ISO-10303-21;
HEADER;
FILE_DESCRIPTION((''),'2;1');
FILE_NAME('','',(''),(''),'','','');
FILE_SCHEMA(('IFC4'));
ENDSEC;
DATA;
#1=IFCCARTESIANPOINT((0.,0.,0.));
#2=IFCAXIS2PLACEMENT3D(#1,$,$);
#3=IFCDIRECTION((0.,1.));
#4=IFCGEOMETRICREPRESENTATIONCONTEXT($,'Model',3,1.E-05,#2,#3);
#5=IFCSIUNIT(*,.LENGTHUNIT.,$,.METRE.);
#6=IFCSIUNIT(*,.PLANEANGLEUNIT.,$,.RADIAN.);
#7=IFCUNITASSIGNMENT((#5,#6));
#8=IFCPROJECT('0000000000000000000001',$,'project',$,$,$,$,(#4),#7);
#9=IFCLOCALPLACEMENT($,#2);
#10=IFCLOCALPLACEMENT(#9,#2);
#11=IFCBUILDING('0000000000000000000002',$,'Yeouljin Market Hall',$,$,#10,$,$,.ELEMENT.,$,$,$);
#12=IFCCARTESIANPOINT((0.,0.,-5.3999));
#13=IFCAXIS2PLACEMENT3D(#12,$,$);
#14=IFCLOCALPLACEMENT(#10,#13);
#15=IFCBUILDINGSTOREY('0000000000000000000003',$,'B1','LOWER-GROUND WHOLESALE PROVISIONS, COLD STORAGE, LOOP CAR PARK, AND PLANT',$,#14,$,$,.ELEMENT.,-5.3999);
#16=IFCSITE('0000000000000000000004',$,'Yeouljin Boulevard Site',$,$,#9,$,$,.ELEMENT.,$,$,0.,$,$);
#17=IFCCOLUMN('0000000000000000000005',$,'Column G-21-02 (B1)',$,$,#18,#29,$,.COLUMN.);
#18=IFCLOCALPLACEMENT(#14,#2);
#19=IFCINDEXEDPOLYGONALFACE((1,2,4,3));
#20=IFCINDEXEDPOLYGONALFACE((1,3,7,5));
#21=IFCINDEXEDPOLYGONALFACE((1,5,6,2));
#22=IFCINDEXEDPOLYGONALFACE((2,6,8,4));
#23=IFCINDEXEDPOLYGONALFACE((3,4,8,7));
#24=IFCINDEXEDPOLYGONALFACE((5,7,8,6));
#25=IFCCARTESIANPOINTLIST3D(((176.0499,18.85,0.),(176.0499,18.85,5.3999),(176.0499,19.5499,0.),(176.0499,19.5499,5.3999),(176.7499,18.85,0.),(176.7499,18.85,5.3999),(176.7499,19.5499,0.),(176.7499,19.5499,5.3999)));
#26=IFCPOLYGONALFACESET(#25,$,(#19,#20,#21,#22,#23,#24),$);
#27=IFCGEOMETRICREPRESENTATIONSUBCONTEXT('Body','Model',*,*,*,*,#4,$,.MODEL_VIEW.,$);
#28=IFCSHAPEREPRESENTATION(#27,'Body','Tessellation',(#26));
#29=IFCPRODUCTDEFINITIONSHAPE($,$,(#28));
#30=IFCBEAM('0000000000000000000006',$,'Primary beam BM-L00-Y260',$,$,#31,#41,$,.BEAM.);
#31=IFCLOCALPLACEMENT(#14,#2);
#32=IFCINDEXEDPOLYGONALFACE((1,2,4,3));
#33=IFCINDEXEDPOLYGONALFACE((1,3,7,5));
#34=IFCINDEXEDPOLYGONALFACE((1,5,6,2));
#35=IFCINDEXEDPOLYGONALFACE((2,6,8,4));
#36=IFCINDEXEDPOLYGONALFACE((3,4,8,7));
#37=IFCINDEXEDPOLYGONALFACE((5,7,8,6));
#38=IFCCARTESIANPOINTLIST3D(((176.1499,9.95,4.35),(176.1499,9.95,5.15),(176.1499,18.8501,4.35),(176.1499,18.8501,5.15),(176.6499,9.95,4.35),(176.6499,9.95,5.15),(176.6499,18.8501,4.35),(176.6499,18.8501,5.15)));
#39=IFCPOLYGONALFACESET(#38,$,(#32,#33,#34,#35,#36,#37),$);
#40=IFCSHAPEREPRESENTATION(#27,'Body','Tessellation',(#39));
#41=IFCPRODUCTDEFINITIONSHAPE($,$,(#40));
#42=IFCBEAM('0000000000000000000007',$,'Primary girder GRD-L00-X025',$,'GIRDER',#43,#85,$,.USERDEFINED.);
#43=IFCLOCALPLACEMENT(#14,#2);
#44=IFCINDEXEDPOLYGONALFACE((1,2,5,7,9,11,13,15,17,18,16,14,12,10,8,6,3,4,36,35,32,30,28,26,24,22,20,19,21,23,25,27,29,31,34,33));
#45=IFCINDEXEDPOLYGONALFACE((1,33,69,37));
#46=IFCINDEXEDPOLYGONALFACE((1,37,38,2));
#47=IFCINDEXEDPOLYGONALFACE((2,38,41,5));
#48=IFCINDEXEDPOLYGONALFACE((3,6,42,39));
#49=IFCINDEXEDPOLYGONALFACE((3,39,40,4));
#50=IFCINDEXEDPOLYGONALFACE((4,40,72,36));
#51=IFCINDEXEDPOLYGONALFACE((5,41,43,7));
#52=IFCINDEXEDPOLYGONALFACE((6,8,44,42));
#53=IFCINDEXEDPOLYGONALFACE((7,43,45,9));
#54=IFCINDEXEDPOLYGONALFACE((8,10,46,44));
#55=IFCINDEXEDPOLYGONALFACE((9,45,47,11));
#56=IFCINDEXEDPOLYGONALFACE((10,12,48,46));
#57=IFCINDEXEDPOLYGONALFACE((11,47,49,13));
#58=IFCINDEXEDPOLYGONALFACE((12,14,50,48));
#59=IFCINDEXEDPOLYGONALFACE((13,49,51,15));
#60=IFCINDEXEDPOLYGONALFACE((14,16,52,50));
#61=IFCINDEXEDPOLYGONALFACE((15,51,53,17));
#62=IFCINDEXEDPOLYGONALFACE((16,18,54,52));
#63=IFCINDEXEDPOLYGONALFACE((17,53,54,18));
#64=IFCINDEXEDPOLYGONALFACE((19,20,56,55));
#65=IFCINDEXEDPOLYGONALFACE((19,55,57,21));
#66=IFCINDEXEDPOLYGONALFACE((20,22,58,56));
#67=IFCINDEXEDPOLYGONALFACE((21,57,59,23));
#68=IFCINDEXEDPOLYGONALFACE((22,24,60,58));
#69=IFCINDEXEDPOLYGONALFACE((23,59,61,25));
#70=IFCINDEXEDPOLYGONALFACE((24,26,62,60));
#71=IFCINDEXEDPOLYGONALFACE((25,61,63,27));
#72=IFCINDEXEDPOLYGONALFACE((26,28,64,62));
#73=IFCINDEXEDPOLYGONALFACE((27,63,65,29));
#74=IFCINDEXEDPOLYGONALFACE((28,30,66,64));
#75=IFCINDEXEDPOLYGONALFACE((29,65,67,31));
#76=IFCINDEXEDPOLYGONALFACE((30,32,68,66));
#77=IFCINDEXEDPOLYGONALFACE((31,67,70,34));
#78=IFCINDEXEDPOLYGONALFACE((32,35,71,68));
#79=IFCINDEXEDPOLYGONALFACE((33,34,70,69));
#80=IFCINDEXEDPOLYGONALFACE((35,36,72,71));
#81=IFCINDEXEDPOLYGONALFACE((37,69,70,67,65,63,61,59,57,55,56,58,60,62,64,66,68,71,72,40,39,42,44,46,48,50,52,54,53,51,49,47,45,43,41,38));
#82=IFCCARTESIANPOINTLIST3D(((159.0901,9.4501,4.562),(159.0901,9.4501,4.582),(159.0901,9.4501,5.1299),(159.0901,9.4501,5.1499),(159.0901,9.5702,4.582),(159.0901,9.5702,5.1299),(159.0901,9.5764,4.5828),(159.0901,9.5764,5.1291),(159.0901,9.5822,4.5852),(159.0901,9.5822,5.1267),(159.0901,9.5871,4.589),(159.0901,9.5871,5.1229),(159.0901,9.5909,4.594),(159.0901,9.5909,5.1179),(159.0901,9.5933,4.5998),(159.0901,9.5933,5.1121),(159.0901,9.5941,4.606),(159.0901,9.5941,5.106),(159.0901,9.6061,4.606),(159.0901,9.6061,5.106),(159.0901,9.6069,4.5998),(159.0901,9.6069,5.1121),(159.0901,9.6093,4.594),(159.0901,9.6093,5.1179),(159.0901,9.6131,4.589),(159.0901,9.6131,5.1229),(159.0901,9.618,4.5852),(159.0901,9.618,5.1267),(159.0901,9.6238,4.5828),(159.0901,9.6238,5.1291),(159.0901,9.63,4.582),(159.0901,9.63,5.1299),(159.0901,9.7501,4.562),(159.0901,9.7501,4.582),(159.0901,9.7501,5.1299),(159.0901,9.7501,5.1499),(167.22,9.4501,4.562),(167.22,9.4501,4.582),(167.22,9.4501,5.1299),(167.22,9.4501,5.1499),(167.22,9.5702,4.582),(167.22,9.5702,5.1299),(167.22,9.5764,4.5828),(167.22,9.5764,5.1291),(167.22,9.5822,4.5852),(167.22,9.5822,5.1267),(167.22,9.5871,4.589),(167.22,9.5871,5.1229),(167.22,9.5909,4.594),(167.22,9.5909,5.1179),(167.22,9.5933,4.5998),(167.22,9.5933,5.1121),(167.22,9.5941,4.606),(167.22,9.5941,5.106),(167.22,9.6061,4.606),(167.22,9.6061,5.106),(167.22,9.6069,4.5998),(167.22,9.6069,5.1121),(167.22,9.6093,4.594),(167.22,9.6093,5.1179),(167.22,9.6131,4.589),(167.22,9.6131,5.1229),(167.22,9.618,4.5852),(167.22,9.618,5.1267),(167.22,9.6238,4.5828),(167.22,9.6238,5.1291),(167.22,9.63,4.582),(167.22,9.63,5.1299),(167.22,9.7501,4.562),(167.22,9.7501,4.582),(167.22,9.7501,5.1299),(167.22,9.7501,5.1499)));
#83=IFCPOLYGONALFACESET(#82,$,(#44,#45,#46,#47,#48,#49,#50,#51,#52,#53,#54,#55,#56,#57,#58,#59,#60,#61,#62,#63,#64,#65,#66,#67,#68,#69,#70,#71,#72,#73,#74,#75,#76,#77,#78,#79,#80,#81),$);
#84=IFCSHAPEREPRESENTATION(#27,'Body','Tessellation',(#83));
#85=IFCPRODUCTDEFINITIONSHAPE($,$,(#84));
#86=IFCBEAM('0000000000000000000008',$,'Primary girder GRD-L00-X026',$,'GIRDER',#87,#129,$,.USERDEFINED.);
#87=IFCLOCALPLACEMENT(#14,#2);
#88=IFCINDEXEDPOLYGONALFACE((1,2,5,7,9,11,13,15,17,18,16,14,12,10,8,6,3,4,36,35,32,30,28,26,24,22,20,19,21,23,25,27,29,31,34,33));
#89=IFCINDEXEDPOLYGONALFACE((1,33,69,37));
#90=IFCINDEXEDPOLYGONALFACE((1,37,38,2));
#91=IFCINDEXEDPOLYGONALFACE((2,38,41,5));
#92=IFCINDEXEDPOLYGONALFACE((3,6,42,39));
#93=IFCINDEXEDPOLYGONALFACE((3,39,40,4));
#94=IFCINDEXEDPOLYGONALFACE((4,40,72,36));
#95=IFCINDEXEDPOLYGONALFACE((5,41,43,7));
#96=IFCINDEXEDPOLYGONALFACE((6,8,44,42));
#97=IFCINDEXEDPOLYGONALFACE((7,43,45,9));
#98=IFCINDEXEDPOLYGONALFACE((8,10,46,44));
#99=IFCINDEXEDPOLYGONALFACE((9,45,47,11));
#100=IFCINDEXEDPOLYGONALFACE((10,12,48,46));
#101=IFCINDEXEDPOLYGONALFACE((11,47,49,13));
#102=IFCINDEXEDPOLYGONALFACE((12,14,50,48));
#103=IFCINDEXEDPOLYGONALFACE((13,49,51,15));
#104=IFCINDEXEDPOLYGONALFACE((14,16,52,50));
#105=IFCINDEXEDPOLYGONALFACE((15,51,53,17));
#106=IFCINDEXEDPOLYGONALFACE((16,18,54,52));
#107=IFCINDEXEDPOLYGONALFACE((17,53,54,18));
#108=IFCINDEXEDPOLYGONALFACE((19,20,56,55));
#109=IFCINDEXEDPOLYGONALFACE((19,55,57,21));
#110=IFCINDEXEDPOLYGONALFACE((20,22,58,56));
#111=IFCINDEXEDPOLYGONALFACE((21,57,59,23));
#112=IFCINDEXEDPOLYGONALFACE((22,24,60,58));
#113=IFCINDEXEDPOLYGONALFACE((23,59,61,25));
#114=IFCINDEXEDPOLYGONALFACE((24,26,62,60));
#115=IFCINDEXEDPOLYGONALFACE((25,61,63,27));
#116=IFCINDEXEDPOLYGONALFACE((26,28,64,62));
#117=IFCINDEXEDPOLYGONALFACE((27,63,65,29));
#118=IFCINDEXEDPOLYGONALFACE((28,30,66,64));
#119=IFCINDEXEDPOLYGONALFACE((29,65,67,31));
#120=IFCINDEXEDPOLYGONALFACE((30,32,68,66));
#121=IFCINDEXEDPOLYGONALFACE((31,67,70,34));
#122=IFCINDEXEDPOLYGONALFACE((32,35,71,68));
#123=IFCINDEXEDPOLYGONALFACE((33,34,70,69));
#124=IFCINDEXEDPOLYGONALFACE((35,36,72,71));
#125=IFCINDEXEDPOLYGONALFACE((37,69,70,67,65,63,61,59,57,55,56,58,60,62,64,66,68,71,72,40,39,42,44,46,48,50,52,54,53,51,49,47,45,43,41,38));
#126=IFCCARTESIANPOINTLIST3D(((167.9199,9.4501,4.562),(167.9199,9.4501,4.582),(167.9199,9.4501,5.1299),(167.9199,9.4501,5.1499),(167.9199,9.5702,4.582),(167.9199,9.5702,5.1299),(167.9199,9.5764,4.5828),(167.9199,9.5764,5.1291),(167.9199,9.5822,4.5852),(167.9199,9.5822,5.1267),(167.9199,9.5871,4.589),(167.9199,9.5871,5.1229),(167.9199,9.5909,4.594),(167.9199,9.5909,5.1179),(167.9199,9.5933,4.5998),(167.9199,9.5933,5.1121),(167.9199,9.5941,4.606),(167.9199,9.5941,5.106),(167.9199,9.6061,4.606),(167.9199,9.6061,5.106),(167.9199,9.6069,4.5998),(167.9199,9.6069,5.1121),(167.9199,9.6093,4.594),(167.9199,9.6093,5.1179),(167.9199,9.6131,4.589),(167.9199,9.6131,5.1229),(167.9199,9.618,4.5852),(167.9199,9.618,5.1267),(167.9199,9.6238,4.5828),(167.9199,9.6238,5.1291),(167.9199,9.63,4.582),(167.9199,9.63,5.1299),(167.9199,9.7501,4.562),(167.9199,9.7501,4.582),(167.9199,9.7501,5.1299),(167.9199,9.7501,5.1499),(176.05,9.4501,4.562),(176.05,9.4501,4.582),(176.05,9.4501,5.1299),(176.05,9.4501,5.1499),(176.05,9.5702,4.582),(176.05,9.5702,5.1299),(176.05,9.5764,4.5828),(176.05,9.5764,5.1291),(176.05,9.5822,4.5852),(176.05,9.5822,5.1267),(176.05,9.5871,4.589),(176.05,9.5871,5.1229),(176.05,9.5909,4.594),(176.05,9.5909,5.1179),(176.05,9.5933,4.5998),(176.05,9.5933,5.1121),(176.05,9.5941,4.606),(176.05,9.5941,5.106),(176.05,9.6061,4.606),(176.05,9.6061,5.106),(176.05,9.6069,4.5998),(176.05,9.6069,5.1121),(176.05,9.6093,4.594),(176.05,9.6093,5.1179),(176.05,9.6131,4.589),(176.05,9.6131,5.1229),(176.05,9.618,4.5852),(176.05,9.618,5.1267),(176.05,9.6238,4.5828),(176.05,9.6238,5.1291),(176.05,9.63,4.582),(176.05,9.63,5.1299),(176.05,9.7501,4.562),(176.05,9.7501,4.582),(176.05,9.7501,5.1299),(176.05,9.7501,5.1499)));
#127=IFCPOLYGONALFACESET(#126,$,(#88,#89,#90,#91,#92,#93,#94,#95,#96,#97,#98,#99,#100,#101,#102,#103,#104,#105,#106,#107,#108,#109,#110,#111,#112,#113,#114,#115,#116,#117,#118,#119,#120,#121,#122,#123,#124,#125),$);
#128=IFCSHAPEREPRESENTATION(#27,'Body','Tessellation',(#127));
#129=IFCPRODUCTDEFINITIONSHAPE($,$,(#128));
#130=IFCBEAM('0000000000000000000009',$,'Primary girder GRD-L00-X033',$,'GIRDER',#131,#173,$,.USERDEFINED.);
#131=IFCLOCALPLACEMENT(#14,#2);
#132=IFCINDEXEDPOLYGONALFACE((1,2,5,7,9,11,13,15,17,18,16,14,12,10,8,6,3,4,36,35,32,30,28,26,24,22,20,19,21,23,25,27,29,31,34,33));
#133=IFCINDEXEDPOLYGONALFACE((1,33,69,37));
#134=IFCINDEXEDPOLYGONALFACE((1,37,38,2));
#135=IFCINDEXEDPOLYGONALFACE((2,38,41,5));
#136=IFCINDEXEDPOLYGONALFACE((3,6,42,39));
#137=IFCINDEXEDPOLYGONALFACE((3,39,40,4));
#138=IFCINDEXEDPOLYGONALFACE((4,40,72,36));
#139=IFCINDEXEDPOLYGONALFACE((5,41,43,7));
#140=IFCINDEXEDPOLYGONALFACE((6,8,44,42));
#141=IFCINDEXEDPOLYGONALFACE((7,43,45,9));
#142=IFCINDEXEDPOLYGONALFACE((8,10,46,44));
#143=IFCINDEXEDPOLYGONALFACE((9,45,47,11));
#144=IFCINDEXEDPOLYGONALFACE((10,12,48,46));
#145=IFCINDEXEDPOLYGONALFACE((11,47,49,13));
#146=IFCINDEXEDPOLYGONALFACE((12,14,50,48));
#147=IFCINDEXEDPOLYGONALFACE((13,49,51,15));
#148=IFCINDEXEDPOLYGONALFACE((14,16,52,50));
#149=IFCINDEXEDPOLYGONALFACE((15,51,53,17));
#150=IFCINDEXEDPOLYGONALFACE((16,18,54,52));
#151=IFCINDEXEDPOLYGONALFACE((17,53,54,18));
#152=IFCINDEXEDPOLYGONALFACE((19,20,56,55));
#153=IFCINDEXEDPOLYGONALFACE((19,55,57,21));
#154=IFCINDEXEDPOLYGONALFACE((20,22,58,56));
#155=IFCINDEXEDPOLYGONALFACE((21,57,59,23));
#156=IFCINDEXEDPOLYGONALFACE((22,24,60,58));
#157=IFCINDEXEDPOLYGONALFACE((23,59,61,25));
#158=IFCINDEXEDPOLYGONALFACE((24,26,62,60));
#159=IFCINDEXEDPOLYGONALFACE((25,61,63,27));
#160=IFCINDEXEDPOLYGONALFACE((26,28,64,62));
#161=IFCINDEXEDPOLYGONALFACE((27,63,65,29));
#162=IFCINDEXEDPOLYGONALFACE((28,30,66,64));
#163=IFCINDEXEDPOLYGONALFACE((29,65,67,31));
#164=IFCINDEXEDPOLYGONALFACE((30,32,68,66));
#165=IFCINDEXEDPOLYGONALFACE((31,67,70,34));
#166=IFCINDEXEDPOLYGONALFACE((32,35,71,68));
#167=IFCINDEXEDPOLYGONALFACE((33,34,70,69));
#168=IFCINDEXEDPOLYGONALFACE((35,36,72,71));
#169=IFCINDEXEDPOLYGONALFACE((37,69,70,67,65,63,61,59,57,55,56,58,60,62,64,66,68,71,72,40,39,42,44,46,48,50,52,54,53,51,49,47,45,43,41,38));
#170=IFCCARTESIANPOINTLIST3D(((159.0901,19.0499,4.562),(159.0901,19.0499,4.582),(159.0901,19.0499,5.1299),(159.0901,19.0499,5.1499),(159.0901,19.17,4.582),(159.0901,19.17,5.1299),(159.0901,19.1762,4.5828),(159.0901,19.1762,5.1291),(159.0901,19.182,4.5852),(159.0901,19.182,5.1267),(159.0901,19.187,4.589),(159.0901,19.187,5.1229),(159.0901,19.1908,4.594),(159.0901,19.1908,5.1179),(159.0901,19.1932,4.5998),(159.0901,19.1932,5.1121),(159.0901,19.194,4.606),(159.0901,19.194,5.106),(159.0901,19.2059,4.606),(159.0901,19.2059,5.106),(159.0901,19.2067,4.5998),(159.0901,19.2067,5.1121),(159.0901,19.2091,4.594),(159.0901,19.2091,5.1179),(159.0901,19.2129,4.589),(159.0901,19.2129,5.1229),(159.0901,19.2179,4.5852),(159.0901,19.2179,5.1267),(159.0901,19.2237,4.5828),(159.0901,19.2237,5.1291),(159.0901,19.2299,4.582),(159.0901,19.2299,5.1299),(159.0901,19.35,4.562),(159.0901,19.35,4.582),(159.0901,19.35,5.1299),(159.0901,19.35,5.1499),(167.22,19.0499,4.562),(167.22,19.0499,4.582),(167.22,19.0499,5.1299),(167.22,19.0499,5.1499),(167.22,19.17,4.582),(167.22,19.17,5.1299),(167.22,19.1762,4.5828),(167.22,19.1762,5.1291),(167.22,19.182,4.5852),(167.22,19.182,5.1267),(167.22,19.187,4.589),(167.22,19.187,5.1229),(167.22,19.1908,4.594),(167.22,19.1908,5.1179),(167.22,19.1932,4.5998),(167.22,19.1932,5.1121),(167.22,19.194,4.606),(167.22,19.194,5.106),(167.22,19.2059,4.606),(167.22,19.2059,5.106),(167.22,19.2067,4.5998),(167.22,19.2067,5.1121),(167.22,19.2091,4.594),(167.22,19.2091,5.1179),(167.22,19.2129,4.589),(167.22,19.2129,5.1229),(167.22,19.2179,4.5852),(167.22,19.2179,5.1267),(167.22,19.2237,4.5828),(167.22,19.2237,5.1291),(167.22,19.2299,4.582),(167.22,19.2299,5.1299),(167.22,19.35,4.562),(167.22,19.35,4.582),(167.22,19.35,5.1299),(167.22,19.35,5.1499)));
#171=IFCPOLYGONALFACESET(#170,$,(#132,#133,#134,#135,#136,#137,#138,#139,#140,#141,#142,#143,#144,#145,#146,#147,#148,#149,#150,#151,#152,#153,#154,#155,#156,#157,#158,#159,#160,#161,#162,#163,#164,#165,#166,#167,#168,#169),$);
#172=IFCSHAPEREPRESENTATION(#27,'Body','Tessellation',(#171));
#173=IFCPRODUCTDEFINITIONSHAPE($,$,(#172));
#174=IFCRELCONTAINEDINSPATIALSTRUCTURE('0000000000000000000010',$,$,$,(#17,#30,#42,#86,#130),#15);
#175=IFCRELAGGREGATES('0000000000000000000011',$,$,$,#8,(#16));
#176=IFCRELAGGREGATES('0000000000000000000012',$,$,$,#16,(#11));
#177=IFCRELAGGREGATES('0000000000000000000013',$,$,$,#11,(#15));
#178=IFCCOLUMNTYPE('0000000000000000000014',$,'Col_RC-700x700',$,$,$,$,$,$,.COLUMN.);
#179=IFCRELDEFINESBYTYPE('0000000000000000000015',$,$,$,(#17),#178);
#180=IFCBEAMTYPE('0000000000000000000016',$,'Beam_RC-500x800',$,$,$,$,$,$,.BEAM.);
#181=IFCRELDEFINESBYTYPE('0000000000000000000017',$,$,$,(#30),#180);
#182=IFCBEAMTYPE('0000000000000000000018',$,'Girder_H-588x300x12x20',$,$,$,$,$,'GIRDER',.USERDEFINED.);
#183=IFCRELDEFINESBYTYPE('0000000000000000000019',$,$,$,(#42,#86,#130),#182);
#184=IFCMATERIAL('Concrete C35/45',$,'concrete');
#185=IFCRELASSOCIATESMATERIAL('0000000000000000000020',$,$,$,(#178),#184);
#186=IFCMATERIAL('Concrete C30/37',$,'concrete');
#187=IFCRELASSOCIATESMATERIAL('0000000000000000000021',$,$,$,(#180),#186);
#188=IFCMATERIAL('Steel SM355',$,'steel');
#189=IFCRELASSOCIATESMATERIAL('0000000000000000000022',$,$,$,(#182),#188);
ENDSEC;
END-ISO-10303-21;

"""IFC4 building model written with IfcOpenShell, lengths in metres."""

from ifc_helpers import new_model, si_unit, direction, frame, origin, origin_2d, place, context, subcontext, project, spatial, rectangle, i_section, extrude, material, material_profile, profile_set, type_object, element, save


model = new_model("IFC4")

# Units and contexts
model_context = context("Model", 3, precision=1e-05, world=origin(), true_north=direction((0.0, 1.0)))
body_context = subcontext(model_context, "Body", "Model", "MODEL_VIEW")
ifc_project = project(units=[si_unit("LENGTHUNIT", "METRE"), si_unit("PLANEANGLEUNIT", "RADIAN")], contexts=[model_context])

# Site, building, storey
site_placement = place(None, origin())
site = spatial("IfcSite", under=ifc_project, at=site_placement, Name="Yeouljin Boulevard Site", CompositionType="ELEMENT", RefElevation=0.0)
building_placement = place(site_placement, origin())
building = spatial("IfcBuilding", under=site, at=building_placement, Name="Yeouljin Market Hall", CompositionType="ELEMENT")
storey_placement = place(building_placement, frame((0.0, 0.0, -5.3999)))
storey = spatial("IfcBuildingStorey", under=building, at=storey_placement, Name="B1", Description="LOWER-GROUND WHOLESALE PROVISIONS, COLD STORAGE, LOOP CAR PARK, AND PLANT", CompositionType="ELEMENT", Elevation=-5.3999)

# Column
ifc_material_1 = material(Name="Concrete C35/45", Category="concrete")
ifc_material_profile_1 = material_profile(ifc_material_1, rectangle(XDim=0.7, YDim=0.7, at=origin_2d()), Name="RC-700x700")
ifc_profile_set_1 = profile_set([ifc_material_profile_1], Name="Concrete C35/45")
column_type = type_object("IfcColumnType", Name="Col_RC-700x700", PredefinedType="COLUMN", material=ifc_profile_set_1)
for number, where, z_axis, x_axis, name in (
    (1, (176.3999, 19.2, 0.0), (0.0, 0.0, 1.0), (1.0, 0.0, 0.0), "Column G-21-02 (B1)"),
):
    element("IfcColumn", number, at=place(storey_placement, frame(where, z_axis=z_axis, x_axis=x_axis)), inside=storey, type_object=column_type, Name=name, PredefinedType="COLUMN", context=body_context, shape_type="SweptSolid", body=[
        extrude(rectangle(XDim=0.7, YDim=0.7, at=origin_2d()), origin(), (0.0, 0.0, 1.0), 5.3999),
    ])

# Beams
ifc_material_2 = material(Name="Concrete C30/37", Category="concrete")
ifc_material_profile_2 = material_profile(ifc_material_2, rectangle(XDim=0.5, YDim=0.8, at=origin_2d()), Name="RC-500x800")
ifc_profile_set_2 = profile_set([ifc_material_profile_2], Name="Concrete C30/37")
beam_type_1 = type_object("IfcBeamType", Name="Beam_RC-500x800", PredefinedType="BEAM", material=ifc_profile_set_2)
beam_1_placement = place(storey_placement, frame((176.3999, 9.95, 4.75), z_axis=(0.0, 1.0, 0.0), x_axis=(-1.0, 0.0, 0.0)))
element("IfcBeam", 2, at=beam_1_placement, inside=storey, type_object=beam_type_1, Name="Primary beam BM-L00-Y260", PredefinedType="BEAM", context=body_context, shape_type="SweptSolid", body=[
    extrude(rectangle(XDim=0.5, YDim=0.8, at=origin_2d()), origin(), (0.0, 0.0, 1.0), 8.9001),
])
ifc_material_3 = material(Name="Steel SM355", Category="steel")
ifc_material_profile_3 = material_profile(ifc_material_3, i_section(OverallWidth=0.3, OverallDepth=0.5879, WebThickness=0.012, FlangeThickness=0.02, FilletRadius=0.0239, at=origin_2d()), Name="H-588x300x12x20")
ifc_profile_set_3 = profile_set([ifc_material_profile_3], Name="Steel SM355")
beam_type_2 = type_object("IfcBeamType", Name="Girder_H-588x300x12x20", ElementType="GIRDER", PredefinedType="USERDEFINED", material=ifc_profile_set_3)
beam_2_placement = place(storey_placement, frame((159.0901, 9.6001, 4.856), z_axis=(1.0, 0.0, 0.0), x_axis=(0.0, 1.0, 0.0)))
element("IfcBeam", 3, at=beam_2_placement, inside=storey, type_object=beam_type_2, Name="Primary girder GRD-L00-X025", ObjectType="GIRDER", PredefinedType="USERDEFINED", context=body_context, shape_type="SweptSolid", body=[
    extrude(i_section(OverallWidth=0.3, OverallDepth=0.5879, WebThickness=0.012, FlangeThickness=0.02, FilletRadius=0.0239, at=origin_2d()), origin(), (0.0, 0.0, 1.0), 8.1299),
])
beam_3_placement = place(storey_placement, frame((167.9199, 9.6001, 4.856), z_axis=(1.0, 0.0, 0.0), x_axis=(0.0, 1.0, 0.0)))
element("IfcBeam", 4, at=beam_3_placement, inside=storey, type_object=beam_type_2, Name="Primary girder GRD-L00-X026", ObjectType="GIRDER", PredefinedType="USERDEFINED", context=body_context, shape_type="SweptSolid", body=[
    extrude(i_section(OverallWidth=0.3, OverallDepth=0.5879, WebThickness=0.012, FlangeThickness=0.02, FilletRadius=0.0239, at=origin_2d()), origin(), (0.0, 0.0, 1.0), 8.1301),
])
beam_4_placement = place(storey_placement, frame((159.0901, 19.2, 4.856), z_axis=(1.0, 0.0, 0.0), x_axis=(0.0, 1.0, 0.0)))
element("IfcBeam", 5, at=beam_4_placement, inside=storey, type_object=beam_type_2, Name="Primary girder GRD-L00-X033", ObjectType="GIRDER", PredefinedType="USERDEFINED", context=body_context, shape_type="SweptSolid", body=[
    extrude(i_section(OverallWidth=0.3, OverallDepth=0.5879, WebThickness=0.012, FlangeThickness=0.02, FilletRadius=0.0239, at=origin_2d()), origin(), (0.0, 0.0, 1.0), 8.1299),
])

save(model, "model.ifc")
